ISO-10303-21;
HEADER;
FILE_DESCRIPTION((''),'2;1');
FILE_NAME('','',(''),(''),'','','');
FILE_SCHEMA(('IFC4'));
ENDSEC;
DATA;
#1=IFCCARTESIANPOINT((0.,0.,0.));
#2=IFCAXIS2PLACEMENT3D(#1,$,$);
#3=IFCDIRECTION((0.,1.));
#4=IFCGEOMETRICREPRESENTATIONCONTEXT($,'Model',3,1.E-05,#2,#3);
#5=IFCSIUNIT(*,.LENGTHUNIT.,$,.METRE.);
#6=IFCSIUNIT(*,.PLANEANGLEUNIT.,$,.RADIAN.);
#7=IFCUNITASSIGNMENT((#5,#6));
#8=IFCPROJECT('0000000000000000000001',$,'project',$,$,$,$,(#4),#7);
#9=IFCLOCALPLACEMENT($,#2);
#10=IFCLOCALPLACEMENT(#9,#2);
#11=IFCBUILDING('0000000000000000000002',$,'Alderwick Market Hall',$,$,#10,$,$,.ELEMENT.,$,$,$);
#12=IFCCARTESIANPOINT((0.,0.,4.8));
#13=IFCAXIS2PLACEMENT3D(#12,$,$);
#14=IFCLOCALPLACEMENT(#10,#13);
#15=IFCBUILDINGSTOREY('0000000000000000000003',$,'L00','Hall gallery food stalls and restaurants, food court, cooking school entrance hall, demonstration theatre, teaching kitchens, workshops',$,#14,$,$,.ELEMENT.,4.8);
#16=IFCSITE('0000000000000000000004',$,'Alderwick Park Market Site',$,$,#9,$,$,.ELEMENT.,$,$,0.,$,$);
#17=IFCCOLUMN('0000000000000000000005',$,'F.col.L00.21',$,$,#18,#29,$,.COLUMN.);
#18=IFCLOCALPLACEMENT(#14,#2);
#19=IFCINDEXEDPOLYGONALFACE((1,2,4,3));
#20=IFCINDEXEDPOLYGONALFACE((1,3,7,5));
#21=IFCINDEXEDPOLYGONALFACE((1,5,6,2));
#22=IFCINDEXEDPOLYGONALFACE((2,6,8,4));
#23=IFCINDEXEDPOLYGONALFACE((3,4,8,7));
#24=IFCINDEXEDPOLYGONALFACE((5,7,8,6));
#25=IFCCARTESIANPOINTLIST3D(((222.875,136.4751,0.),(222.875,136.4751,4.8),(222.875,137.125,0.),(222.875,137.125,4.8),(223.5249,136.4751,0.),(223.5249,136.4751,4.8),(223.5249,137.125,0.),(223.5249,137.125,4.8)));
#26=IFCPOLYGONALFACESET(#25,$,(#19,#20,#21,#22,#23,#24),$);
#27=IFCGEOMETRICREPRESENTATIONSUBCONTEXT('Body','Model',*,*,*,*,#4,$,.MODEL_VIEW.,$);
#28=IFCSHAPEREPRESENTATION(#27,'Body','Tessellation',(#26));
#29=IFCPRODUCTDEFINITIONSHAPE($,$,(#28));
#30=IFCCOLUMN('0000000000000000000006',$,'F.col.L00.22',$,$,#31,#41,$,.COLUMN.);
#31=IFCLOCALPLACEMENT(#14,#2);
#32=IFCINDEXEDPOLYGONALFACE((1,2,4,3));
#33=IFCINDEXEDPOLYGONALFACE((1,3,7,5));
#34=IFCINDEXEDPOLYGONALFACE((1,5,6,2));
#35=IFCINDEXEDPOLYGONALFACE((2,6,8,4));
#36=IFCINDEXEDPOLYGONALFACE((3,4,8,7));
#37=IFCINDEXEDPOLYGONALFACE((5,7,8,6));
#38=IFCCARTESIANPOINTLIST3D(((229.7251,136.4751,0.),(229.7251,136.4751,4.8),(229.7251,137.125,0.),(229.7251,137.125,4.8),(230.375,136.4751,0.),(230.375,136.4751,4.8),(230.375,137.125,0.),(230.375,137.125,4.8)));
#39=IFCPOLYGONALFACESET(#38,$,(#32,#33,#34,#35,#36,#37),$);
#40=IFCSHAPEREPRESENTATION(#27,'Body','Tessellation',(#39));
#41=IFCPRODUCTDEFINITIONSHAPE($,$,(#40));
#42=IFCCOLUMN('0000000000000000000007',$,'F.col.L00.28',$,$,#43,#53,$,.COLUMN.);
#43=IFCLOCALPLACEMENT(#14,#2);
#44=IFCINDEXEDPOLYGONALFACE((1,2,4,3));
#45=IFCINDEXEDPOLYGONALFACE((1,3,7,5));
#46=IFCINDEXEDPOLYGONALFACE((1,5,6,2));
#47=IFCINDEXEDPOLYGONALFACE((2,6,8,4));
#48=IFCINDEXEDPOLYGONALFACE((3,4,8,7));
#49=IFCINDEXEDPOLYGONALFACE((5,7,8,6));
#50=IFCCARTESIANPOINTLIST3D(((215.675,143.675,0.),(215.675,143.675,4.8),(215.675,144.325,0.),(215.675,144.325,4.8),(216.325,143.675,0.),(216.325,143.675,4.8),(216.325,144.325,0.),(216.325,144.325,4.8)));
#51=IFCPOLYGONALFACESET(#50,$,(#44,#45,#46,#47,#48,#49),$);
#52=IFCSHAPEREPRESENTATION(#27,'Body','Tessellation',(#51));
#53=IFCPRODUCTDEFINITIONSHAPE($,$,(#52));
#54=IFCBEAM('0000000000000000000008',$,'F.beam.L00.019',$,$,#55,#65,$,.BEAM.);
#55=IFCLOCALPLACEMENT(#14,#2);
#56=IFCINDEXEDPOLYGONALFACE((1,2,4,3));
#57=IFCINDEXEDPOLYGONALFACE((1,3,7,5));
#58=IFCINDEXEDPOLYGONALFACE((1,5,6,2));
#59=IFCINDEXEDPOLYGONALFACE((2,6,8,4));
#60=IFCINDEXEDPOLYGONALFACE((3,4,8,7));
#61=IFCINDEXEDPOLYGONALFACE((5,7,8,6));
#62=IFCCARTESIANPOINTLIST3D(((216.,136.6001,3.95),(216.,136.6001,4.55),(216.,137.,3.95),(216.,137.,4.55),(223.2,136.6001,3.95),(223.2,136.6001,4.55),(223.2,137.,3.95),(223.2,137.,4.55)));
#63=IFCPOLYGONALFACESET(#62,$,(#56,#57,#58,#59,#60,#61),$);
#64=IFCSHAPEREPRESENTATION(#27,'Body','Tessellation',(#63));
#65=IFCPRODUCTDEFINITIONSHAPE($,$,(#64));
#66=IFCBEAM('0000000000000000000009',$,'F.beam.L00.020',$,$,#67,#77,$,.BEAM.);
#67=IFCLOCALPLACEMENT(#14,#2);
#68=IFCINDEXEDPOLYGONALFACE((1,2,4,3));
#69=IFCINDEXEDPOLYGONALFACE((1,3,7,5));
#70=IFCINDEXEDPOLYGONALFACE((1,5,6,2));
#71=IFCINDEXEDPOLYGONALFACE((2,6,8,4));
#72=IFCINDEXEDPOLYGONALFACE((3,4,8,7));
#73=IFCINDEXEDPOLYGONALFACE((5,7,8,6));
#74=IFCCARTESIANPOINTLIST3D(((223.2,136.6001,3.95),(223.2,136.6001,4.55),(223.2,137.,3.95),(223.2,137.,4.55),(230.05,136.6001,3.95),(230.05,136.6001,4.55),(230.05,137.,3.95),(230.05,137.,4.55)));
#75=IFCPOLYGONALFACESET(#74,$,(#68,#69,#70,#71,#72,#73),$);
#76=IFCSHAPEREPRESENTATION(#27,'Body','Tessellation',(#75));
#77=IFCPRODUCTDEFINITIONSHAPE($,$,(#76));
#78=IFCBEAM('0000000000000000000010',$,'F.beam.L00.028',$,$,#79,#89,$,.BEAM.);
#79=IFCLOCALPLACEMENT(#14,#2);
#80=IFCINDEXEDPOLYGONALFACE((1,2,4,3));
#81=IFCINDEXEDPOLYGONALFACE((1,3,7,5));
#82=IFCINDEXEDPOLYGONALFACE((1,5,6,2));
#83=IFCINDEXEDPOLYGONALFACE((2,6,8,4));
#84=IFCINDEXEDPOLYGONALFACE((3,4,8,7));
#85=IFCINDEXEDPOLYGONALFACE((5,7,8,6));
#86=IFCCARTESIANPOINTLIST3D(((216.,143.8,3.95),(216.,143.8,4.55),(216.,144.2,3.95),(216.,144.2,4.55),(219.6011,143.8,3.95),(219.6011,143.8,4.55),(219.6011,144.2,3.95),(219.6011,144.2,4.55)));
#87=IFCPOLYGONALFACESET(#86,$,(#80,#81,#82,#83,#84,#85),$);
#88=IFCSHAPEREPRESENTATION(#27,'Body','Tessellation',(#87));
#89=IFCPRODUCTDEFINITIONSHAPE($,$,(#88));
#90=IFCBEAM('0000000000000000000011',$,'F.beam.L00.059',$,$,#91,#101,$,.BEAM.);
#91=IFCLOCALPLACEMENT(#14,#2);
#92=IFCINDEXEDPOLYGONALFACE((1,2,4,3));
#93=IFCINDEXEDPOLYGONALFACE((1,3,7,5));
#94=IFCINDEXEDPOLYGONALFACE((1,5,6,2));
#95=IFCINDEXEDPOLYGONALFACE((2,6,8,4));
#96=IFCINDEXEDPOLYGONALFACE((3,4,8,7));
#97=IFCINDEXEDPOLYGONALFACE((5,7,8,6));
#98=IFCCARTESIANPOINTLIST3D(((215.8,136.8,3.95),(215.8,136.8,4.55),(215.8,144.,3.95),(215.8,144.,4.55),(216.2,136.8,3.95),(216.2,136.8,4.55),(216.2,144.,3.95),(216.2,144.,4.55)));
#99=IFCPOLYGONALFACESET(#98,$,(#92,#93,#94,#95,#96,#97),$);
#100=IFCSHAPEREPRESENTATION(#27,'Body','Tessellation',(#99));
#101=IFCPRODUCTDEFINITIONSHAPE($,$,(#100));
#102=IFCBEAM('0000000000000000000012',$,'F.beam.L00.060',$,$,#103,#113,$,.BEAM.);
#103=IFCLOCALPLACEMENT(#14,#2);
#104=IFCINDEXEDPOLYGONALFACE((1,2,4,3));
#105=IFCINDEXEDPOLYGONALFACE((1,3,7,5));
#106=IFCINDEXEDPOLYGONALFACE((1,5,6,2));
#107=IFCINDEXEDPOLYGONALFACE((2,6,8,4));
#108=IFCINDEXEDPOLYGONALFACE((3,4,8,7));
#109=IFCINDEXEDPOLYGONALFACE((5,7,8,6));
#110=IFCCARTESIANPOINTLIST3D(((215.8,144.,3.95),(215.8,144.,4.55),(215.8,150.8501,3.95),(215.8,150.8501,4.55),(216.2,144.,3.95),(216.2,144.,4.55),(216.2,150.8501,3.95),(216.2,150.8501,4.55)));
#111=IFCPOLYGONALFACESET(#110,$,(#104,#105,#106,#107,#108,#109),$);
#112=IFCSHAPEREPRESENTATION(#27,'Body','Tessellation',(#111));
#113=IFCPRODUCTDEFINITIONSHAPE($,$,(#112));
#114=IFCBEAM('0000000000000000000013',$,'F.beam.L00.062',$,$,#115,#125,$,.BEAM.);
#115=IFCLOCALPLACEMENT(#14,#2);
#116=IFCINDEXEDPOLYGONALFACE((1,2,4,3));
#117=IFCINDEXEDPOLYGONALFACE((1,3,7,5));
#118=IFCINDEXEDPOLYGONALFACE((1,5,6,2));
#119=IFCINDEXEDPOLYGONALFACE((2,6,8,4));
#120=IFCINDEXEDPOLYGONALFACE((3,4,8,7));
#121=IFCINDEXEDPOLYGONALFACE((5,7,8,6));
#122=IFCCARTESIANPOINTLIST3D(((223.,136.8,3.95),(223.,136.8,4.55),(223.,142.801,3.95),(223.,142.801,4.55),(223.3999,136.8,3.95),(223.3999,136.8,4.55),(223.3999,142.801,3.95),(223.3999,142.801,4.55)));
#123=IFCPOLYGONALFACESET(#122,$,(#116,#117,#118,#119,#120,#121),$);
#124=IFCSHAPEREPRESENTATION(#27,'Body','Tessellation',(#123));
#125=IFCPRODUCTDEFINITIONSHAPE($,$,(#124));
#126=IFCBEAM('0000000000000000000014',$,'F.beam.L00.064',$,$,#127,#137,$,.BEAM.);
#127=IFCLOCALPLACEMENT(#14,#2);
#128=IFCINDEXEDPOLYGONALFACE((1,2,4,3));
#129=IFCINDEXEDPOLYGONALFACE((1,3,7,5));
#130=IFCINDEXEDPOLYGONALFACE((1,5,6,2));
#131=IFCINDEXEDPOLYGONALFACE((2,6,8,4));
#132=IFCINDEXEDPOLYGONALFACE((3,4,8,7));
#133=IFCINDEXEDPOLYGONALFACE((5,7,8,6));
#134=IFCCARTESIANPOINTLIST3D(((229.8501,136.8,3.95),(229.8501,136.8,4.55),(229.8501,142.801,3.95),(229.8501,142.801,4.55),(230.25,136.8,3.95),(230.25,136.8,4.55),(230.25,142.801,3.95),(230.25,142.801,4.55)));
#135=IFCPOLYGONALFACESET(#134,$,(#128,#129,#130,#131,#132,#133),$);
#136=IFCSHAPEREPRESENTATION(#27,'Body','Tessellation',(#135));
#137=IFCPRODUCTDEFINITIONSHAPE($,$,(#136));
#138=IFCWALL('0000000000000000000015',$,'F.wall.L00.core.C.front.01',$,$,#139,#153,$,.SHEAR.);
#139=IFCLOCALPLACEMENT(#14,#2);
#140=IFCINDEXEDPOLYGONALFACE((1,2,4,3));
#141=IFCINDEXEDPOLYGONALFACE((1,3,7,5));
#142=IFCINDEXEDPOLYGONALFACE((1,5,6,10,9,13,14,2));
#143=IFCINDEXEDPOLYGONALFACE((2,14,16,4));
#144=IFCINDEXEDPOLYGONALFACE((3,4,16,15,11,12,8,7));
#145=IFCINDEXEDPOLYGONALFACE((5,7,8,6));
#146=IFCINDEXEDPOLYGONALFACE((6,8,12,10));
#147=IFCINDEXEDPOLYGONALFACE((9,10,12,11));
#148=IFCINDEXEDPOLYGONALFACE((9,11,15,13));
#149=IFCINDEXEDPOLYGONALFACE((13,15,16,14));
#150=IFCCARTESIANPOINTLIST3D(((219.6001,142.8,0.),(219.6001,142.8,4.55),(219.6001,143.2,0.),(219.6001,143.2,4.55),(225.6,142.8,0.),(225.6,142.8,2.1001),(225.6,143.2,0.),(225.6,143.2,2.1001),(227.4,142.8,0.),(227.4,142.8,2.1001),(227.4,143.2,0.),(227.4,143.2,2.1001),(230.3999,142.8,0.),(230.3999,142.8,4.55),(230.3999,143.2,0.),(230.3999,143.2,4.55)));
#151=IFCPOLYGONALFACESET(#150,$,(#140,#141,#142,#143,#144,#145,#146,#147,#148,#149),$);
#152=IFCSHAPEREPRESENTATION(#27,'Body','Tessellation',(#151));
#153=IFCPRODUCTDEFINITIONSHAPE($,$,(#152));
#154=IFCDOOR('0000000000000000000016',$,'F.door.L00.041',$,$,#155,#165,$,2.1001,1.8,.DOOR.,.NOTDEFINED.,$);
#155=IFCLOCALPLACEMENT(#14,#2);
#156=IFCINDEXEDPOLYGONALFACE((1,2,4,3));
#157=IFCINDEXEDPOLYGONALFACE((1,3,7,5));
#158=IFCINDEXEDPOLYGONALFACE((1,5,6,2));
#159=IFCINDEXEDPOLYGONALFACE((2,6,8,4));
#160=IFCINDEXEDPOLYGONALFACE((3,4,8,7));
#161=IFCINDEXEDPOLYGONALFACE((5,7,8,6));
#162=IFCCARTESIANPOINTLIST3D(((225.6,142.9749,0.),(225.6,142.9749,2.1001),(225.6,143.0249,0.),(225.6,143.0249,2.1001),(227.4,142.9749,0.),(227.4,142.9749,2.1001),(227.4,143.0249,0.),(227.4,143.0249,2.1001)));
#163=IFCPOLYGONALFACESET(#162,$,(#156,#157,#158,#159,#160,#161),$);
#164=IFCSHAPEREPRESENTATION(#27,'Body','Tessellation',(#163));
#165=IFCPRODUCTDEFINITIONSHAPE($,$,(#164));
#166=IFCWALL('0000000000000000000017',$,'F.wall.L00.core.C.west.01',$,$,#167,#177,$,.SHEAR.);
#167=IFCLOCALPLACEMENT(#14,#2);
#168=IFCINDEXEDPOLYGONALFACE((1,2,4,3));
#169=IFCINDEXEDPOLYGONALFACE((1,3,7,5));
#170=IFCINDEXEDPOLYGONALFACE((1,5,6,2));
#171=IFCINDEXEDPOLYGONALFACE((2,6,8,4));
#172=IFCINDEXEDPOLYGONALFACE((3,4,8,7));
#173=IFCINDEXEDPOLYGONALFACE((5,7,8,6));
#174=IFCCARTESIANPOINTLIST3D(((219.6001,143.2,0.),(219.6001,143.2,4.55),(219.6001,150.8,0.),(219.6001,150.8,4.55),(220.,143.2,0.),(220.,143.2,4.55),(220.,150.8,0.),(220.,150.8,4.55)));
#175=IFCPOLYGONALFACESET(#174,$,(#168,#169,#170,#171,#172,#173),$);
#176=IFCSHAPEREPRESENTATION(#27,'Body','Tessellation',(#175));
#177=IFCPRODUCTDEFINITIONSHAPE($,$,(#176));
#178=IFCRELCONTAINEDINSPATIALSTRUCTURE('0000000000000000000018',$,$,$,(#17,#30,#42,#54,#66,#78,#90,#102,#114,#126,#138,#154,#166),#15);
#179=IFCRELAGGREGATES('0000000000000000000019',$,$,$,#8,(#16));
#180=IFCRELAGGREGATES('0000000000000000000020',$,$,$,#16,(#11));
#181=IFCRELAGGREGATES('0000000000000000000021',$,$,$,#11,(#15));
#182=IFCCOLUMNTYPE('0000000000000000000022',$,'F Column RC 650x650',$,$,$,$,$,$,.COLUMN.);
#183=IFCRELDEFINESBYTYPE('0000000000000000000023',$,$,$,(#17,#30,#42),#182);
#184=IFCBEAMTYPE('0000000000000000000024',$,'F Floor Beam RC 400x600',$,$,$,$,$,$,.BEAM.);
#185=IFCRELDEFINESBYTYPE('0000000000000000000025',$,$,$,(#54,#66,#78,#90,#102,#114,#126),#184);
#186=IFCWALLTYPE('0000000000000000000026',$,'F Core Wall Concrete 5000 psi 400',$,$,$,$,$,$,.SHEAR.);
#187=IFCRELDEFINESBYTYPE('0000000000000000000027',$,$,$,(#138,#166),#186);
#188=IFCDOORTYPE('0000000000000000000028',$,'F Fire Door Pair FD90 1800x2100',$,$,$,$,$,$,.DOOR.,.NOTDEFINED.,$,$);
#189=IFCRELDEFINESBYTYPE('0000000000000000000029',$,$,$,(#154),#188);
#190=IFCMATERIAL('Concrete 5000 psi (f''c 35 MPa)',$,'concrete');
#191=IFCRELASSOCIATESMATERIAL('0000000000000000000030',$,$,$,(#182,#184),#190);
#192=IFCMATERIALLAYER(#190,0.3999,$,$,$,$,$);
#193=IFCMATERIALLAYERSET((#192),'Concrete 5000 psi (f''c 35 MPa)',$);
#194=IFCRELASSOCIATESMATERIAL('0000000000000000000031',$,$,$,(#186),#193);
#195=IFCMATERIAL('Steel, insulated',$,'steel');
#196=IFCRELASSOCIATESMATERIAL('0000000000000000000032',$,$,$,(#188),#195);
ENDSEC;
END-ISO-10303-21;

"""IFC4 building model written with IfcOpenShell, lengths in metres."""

from ifc_helpers import new_model, si_unit, direction, frame, frame_2d, origin, origin_2d, place, context, subcontext, project, spatial, rectangle, extrude, material, layer, layer_set, material_profile, profile_set, type_object, element, fill, save


model = new_model("IFC4")

# Units and contexts
model_context = context("Model", 3, precision=1e-05, world=origin(), true_north=direction((0.0, 1.0)))
body_context = subcontext(model_context, "Body", "Model", "MODEL_VIEW")
ifc_project = project(units=[si_unit("LENGTHUNIT", "METRE"), si_unit("PLANEANGLEUNIT", "RADIAN")], contexts=[model_context])

# Site, building, storey
site_placement = place(None, origin())
site = spatial("IfcSite", under=ifc_project, at=site_placement, Name="Alderwick Park Market Site", CompositionType="ELEMENT", RefElevation=0.0)
building_placement = place(site_placement, origin())
building = spatial("IfcBuilding", under=site, at=building_placement, Name="Alderwick Market Hall", CompositionType="ELEMENT")
storey_placement = place(building_placement, frame((0.0, 0.0, 4.8)))
storey = spatial("IfcBuildingStorey", under=building, at=storey_placement, Name="L00", Description="Hall gallery food stalls and restaurants, food court, cooking school entrance hall, demonstration theatre, teaching kitchens, workshops", CompositionType="ELEMENT", Elevation=4.8)

# Columns
ifc_material_1 = material(Name="Concrete 5000 psi (f'c 35 MPa)", Category="concrete")
ifc_material_profile_1 = material_profile(ifc_material_1, rectangle(XDim=0.6499, YDim=0.6499, at=origin_2d()), Name="RC 650x650")
ifc_profile_set_1 = profile_set([ifc_material_profile_1], Name="Concrete 5000 psi (f'c 35 MPa)")
column_type = type_object("IfcColumnType", Name="F Column RC 650x650", PredefinedType="COLUMN", material=ifc_profile_set_1)
for number, where, z_axis, x_axis, name in (
    (1, (223.2, 136.8, 0.0), (0.0, 0.0, 1.0), (1.0, 0.0, 0.0), "F.col.L00.21"),
    (2, (230.05, 136.8, 0.0), (0.0, 0.0, 1.0), (1.0, 0.0, 0.0), "F.col.L00.22"),
    (3, (216.0, 144.0, 0.0), (0.0, 0.0, 1.0), (1.0, 0.0, 0.0), "F.col.L00.28"),
):
    element("IfcColumn", number, at=place(storey_placement, frame(where, z_axis=z_axis, x_axis=x_axis)), inside=storey, type_object=column_type, Name=name, PredefinedType="COLUMN", context=body_context, shape_type="SweptSolid", body=[
        extrude(rectangle(XDim=0.6499, YDim=0.6499, at=origin_2d()), origin(), (0.0, 0.0, 1.0), 4.8),
    ])

# Beams
ifc_material_profile_2 = material_profile(ifc_material_1, rectangle(XDim=0.3999, YDim=0.6001, at=origin_2d()), Name="RC 400x600")
ifc_profile_set_2 = profile_set([ifc_material_profile_2], Name="Concrete 5000 psi (f'c 35 MPa)")
beam_type = type_object("IfcBeamType", Name="F Floor Beam RC 400x600", PredefinedType="BEAM", material=ifc_profile_set_2)
beam_1_placement = place(storey_placement, frame((216.0, 136.8, 4.25), z_axis=(1.0, 0.0, 0.0), x_axis=(0.0, 1.0, 0.0)))
element("IfcBeam", 4, at=beam_1_placement, inside=storey, type_object=beam_type, Name="F.beam.L00.019", PredefinedType="BEAM", context=body_context, shape_type="SweptSolid", body=[
    extrude(rectangle(XDim=0.3999, YDim=0.6001, at=origin_2d()), origin(), (0.0, 0.0, 1.0), 7.2),
])
beam_2_placement = place(storey_placement, frame((223.2, 136.8, 4.25), z_axis=(1.0, 0.0, 0.0), x_axis=(0.0, 1.0, 0.0)))
element("IfcBeam", 5, at=beam_2_placement, inside=storey, type_object=beam_type, Name="F.beam.L00.020", PredefinedType="BEAM", context=body_context, shape_type="SweptSolid", body=[
    extrude(rectangle(XDim=0.3999, YDim=0.6001, at=origin_2d()), origin(), (0.0, 0.0, 1.0), 6.8501),
])
beam_3_placement = place(storey_placement, frame((216.0, 144.0, 4.25), z_axis=(1.0, 0.0, 0.0), x_axis=(0.0, 1.0, 0.0)))
element("IfcBeam", 6, at=beam_3_placement, inside=storey, type_object=beam_type, Name="F.beam.L00.028", PredefinedType="BEAM", context=body_context, shape_type="SweptSolid", body=[
    extrude(rectangle(XDim=0.3999, YDim=0.6001, at=origin_2d()), origin(), (0.0, 0.0, 1.0), 3.6011),
])
beam_4_placement = place(storey_placement, frame((216.0, 136.8, 4.25), z_axis=(0.0, 1.0, 0.0), x_axis=(-1.0, 0.0, 0.0)))
element("IfcBeam", 7, at=beam_4_placement, inside=storey, type_object=beam_type, Name="F.beam.L00.059", PredefinedType="BEAM", context=body_context, shape_type="SweptSolid", body=[
    extrude(rectangle(XDim=0.3999, YDim=0.6001, at=origin_2d()), origin(), (0.0, 0.0, 1.0), 7.2),
])
beam_5_placement = place(storey_placement, frame((216.0, 144.0, 4.25), z_axis=(0.0, 1.0, 0.0), x_axis=(-1.0, 0.0, 0.0)))
element("IfcBeam", 8, at=beam_5_placement, inside=storey, type_object=beam_type, Name="F.beam.L00.060", PredefinedType="BEAM", context=body_context, shape_type="SweptSolid", body=[
    extrude(rectangle(XDim=0.3999, YDim=0.6001, at=origin_2d()), origin(), (0.0, 0.0, 1.0), 6.8501),
])
for number, where, z_axis, x_axis, name in (
    (9, (223.2, 136.8, 4.25), (0.0, 1.0, 0.0), (-1.0, 0.0, 0.0), "F.beam.L00.062"),
    (10, (230.05, 136.8, 4.25), (0.0, 1.0, 0.0), (-1.0, 0.0, 0.0), "F.beam.L00.064"),
):
    element("IfcBeam", number, at=place(storey_placement, frame(where, z_axis=z_axis, x_axis=x_axis)), inside=storey, type_object=beam_type, Name=name, PredefinedType="BEAM", context=body_context, shape_type="SweptSolid", body=[
        extrude(rectangle(XDim=0.3999, YDim=0.6001, at=origin_2d()), origin(), (0.0, 0.0, 1.0), 6.001),
    ])

# Wall, opening, door
ifc_layer_1 = layer(ifc_material_1, 0.3999)
ifc_layer_set_1 = layer_set([ifc_layer_1], Name="Concrete 5000 psi (f'c 35 MPa)")
wall_type_1 = type_object("IfcWallType", Name="F Core Wall Concrete 5000 psi 400", PredefinedType="SHEAR", material=ifc_layer_set_1)
wall_1_placement = place(storey_placement, frame((219.6001, 143.0, 0.0), z_axis=(0.0, 0.0, 1.0), x_axis=(1.0, 0.0, 0.0)))
wall_1 = element("IfcWall", 11, at=wall_1_placement, inside=storey, type_object=wall_type_1, Name="F.wall.L00.core.C.front.01", PredefinedType="SHEAR", context=body_context, shape_type="SweptSolid", body=[
    extrude(rectangle(XDim=10.7998, YDim=0.3999, at=frame_2d((5.3999, 0.0))), origin(), (0.0, 0.0, 1.0), 4.55),
])
opening_1_placement = place(wall_1_placement, frame((6.0, 0.0, 0.0)))
opening_1 = element("IfcOpeningElement", 12, at=opening_1_placement, cuts=wall_1, PredefinedType="OPENING", context=body_context, shape_type="SweptSolid", body=[
    extrude(rectangle(XDim=1.8, YDim=2.1001, at=frame_2d((0.8999, 1.05))), frame((0.0, 0.21, 0.0), z_axis=(0.0, -1.0, 0.0), x_axis=(1.0, 0.0, 0.0)), (0.0, 0.0, 1.0), 0.4199),
])
ifc_material_2 = material(Name="Steel, insulated", Category="steel")
door_type_1 = type_object("IfcDoorType", Name="F Fire Door Pair FD90 1800x2100", OperationType="NOTDEFINED", PredefinedType="DOOR", material=ifc_material_2)
door_1_placement = place(opening_1_placement, origin())
door_1 = element("IfcDoor", 13, at=door_1_placement, inside=storey, type_object=door_type_1, Name="F.door.L00.041", OperationType="NOTDEFINED", OverallHeight=2.1001, OverallWidth=1.8, PredefinedType="DOOR", context=body_context, shape_type="SweptSolid", body=[
    extrude(rectangle(XDim=1.8, YDim=2.1001, at=frame_2d((0.8999, 1.05))), frame((0.0, 0.0249, 0.0), z_axis=(0.0, -1.0, 0.0), x_axis=(1.0, 0.0, 0.0)), (0.0, 0.0, 1.0), 0.05),
])
fill(opening_1, door_1)

# Wall
wall_2_placement = place(storey_placement, frame((219.8, 143.2, 0.0), z_axis=(0.0, 0.0, 1.0), x_axis=(0.0, 1.0, 0.0)))
element("IfcWall", 14, at=wall_2_placement, inside=storey, type_object=wall_type_1, Name="F.wall.L00.core.C.west.01", PredefinedType="SHEAR", context=body_context, shape_type="SweptSolid", body=[
    extrude(rectangle(XDim=7.6001, YDim=0.3999, at=frame_2d((3.8, 0.0))), origin(), (0.0, 0.0, 1.0), 4.55),
])

save(model, "model.ifc")
